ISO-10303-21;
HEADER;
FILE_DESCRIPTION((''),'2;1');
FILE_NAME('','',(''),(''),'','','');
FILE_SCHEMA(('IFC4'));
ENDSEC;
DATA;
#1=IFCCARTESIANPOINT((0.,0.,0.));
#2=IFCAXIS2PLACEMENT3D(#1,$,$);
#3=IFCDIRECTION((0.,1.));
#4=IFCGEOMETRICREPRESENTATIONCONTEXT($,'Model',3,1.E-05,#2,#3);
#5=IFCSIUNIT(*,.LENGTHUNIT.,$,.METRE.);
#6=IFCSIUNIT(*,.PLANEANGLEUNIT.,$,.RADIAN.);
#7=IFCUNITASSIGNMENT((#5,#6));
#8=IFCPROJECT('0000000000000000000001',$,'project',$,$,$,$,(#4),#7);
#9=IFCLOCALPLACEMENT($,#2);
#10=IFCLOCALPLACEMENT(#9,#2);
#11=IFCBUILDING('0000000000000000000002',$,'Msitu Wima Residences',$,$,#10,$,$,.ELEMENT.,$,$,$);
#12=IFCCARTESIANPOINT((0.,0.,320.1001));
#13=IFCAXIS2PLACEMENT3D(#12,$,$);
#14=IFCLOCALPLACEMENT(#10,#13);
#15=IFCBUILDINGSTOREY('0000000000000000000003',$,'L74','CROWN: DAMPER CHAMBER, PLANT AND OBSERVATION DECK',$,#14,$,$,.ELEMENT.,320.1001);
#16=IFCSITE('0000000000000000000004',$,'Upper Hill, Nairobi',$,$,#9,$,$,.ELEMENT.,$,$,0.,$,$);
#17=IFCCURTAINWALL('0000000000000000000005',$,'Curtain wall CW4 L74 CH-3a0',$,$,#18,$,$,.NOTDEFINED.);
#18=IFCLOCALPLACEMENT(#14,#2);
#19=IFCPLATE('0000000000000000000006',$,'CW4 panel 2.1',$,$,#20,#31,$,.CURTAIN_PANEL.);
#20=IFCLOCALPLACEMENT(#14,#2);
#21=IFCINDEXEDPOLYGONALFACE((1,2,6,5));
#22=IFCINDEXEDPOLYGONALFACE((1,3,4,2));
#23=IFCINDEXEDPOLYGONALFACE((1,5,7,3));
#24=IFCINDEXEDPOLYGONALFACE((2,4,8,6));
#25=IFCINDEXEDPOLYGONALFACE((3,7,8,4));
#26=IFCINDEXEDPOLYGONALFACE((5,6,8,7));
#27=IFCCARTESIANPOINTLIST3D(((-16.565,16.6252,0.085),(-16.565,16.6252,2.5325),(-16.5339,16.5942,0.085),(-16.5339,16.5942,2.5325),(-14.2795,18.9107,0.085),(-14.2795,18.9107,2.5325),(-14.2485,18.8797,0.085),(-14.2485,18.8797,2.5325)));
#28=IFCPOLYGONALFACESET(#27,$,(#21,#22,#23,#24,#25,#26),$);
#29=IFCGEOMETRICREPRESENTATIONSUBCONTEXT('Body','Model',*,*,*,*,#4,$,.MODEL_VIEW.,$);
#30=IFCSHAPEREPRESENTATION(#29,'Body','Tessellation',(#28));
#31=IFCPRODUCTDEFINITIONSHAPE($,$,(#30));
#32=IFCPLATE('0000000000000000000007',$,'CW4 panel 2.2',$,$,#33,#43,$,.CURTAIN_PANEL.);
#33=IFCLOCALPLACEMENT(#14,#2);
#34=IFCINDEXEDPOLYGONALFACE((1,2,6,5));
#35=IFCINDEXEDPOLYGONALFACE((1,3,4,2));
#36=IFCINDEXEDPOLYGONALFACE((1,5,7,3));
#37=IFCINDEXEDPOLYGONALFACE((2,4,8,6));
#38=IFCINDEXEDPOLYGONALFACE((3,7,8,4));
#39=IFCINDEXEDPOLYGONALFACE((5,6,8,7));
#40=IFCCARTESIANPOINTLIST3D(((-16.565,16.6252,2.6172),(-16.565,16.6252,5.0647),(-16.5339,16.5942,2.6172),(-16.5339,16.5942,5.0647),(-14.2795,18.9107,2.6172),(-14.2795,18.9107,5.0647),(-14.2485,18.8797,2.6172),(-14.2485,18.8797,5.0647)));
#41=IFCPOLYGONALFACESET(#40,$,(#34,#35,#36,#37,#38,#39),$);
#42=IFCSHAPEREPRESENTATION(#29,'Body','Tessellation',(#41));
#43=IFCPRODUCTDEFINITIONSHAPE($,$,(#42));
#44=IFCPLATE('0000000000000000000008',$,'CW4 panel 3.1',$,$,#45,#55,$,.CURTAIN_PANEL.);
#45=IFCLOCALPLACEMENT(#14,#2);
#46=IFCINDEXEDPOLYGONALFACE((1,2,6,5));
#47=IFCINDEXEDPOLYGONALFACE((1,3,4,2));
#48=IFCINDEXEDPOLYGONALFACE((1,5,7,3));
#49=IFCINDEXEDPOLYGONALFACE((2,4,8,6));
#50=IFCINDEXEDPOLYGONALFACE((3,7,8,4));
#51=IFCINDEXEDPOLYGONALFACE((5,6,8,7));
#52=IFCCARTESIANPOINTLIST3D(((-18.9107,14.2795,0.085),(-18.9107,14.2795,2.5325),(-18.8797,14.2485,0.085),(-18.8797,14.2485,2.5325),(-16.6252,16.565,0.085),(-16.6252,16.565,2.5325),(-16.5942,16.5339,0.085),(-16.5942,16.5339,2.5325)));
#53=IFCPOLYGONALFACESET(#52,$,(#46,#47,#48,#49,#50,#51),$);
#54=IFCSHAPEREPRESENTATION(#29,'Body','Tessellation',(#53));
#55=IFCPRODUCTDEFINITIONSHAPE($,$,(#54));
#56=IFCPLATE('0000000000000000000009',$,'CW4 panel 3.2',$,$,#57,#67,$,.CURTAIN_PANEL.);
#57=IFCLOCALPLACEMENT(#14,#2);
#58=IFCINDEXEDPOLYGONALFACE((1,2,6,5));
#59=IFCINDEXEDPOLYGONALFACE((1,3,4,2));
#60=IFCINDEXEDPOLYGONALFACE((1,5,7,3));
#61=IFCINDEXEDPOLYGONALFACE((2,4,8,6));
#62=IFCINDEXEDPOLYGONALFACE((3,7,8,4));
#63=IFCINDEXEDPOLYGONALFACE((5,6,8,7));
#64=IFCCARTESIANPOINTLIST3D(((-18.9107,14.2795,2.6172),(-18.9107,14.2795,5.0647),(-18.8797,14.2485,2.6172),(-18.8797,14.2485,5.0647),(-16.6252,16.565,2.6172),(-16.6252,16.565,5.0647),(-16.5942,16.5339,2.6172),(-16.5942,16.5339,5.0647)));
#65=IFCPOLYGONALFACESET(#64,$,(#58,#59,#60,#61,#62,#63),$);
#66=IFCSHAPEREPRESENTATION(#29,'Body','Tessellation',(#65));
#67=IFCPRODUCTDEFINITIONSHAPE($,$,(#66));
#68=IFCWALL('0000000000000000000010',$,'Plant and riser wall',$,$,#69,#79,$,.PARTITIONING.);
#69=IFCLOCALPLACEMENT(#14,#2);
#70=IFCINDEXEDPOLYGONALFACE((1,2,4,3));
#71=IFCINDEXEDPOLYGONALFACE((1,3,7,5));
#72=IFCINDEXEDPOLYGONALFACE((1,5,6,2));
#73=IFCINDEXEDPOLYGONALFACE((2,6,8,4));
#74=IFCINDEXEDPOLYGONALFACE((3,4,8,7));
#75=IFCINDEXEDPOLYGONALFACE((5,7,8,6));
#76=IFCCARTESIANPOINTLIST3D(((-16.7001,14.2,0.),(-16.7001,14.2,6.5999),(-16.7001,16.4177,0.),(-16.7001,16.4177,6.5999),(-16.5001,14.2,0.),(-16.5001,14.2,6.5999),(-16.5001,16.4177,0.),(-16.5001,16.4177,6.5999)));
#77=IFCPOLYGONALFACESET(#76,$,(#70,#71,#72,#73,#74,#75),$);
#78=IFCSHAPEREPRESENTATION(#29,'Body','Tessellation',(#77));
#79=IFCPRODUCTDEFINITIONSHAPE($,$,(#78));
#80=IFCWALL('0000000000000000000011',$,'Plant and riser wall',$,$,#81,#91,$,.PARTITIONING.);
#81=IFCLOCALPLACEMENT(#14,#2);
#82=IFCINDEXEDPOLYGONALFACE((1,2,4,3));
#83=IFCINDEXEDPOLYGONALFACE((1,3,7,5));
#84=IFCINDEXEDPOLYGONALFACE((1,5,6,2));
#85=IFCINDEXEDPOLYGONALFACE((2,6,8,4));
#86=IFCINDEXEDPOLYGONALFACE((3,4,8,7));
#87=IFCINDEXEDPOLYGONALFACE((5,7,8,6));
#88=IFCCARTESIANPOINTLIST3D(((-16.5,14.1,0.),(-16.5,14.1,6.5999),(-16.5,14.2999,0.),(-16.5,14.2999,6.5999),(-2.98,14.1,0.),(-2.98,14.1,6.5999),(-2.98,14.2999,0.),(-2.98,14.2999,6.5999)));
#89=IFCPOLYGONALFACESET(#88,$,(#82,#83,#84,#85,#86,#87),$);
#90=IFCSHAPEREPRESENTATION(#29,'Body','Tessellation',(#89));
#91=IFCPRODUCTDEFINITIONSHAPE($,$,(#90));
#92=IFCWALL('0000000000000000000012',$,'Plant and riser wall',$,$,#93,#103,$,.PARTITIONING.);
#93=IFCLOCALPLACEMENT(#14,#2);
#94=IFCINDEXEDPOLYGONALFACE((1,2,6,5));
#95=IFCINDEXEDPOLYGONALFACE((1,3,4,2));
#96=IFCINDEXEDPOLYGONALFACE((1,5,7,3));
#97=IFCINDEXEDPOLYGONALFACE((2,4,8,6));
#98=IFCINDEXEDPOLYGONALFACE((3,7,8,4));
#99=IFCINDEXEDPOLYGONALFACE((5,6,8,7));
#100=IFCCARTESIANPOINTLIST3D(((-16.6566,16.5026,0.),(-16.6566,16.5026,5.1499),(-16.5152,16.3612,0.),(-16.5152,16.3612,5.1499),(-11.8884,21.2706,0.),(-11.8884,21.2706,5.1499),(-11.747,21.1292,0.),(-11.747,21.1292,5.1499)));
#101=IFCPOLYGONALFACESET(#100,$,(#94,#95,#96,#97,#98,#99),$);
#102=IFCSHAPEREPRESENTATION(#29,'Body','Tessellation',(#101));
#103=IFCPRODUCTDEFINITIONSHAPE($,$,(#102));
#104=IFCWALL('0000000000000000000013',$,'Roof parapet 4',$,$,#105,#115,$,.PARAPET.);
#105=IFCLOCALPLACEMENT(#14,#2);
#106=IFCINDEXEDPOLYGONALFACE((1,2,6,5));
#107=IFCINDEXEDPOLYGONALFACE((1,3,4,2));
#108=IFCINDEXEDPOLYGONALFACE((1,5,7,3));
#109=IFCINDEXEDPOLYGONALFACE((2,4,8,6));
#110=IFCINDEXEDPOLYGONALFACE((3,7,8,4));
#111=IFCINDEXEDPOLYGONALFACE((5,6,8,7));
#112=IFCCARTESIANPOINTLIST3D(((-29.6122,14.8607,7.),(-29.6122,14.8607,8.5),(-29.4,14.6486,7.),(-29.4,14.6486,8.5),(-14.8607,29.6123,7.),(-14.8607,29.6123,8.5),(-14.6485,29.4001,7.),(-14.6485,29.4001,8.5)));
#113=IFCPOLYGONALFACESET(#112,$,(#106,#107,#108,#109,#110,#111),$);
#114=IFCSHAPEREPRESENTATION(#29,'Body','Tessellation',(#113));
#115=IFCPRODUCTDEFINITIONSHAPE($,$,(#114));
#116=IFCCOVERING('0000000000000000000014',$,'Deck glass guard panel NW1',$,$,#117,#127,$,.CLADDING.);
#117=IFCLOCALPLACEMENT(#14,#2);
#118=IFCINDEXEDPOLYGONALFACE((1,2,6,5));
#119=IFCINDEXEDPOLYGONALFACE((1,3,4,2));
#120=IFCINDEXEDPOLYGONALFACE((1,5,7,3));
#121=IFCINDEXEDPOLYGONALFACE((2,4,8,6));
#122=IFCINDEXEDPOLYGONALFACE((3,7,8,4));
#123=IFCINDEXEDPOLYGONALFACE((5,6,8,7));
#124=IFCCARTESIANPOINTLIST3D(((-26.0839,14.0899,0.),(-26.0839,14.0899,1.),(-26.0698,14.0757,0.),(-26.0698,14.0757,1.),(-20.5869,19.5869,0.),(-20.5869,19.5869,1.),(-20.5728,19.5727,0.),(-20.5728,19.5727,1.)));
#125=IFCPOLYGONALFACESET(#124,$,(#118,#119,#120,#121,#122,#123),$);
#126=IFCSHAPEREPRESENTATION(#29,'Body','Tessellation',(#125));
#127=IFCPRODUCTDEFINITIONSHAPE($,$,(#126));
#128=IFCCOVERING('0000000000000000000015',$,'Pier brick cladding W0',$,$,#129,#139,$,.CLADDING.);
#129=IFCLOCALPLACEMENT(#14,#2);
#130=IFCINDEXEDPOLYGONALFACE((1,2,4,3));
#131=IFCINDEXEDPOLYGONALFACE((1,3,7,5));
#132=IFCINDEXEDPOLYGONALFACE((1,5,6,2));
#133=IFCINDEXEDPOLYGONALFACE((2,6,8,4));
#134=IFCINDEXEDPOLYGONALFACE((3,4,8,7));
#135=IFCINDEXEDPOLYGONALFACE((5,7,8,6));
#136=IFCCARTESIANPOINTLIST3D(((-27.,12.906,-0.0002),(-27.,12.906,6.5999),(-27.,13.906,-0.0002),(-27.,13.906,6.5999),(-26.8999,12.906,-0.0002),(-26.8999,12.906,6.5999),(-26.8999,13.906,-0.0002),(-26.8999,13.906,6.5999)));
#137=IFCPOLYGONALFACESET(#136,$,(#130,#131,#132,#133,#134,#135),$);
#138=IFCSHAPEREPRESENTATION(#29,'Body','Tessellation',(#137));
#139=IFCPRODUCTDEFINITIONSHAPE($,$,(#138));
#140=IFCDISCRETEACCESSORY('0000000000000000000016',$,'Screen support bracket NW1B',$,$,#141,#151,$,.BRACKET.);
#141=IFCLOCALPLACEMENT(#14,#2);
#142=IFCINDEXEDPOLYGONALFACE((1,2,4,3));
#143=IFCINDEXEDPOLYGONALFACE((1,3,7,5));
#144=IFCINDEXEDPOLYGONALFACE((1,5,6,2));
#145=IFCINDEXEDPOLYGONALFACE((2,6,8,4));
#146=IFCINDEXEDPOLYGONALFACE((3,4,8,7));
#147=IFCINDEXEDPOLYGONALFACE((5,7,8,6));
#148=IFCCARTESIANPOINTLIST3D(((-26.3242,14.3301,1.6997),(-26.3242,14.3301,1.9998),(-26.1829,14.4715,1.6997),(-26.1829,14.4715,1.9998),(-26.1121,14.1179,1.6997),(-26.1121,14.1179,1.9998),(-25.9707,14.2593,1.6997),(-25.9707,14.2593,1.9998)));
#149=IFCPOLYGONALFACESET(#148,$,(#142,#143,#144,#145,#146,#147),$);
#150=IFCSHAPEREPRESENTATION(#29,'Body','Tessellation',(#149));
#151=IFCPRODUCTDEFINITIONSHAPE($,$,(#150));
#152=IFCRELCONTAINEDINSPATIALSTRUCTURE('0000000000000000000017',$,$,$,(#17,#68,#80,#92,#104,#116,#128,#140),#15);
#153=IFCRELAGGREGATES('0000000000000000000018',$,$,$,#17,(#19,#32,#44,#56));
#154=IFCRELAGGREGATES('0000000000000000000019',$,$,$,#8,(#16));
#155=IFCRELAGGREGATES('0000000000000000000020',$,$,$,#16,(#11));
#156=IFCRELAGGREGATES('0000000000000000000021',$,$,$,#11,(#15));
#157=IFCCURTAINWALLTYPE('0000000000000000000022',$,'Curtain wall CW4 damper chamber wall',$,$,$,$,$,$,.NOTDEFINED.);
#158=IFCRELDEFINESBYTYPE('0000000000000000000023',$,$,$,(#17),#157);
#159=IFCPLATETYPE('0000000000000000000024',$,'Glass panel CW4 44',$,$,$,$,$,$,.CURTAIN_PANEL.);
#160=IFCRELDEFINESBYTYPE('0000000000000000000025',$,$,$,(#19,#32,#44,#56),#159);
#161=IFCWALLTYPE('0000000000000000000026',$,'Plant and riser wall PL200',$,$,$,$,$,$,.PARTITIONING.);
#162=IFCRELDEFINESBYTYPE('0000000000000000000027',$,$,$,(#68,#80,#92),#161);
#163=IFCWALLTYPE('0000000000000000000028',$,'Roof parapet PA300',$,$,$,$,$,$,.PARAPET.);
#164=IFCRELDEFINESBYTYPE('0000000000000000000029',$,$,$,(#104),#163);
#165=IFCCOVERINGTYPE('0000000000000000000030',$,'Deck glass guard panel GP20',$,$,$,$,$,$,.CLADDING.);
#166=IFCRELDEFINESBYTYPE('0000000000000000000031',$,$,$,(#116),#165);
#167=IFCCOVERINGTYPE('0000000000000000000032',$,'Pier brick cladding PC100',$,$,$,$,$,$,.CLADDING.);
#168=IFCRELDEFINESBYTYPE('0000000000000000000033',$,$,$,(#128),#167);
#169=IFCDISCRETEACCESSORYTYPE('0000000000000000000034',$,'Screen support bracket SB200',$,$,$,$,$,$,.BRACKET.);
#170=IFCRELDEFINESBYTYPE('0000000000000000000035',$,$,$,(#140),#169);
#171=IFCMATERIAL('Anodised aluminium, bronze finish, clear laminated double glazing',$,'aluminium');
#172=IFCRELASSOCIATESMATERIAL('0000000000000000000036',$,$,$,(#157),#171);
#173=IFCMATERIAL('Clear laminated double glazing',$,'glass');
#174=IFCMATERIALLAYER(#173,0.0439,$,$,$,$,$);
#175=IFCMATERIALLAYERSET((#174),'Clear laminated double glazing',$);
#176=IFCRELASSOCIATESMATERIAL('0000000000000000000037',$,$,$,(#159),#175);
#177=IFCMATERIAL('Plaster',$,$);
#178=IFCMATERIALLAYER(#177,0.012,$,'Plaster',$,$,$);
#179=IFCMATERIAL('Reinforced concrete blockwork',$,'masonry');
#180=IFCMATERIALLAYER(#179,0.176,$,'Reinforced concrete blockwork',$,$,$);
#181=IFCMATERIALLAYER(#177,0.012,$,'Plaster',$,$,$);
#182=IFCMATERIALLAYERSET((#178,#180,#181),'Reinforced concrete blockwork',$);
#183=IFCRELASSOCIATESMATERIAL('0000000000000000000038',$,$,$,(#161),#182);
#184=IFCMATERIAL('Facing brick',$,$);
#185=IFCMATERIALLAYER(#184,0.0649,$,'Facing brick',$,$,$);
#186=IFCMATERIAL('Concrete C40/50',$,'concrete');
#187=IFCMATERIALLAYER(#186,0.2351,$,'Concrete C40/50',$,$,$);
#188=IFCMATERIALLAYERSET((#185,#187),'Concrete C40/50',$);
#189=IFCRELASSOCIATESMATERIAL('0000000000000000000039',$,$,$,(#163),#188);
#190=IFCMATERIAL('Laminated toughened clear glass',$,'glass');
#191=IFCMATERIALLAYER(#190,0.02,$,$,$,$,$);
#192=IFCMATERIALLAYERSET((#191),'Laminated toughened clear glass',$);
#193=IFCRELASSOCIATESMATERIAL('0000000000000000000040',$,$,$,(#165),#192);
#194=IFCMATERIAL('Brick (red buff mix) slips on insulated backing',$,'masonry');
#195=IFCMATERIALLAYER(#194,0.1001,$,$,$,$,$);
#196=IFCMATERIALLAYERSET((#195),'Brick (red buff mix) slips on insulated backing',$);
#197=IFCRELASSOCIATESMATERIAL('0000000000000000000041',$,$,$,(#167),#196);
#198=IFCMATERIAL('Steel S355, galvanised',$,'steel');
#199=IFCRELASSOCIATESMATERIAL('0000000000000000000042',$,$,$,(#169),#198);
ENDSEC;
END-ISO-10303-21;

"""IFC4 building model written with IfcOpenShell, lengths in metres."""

from ifc_helpers import new_model, si_unit, direction, frame, frame_2d, origin, origin_2d, place, context, subcontext, project, spatial, rectangle, extrude, material, layer, layer_set, type_object, element, aggregate, save


model = new_model("IFC4")

# Units and contexts
model_context = context("Model", 3, precision=1e-05, world=origin(), true_north=direction((0.0, 1.0)))
body_context = subcontext(model_context, "Body", "Model", "MODEL_VIEW")
ifc_project = project(units=[si_unit("LENGTHUNIT", "METRE"), si_unit("PLANEANGLEUNIT", "RADIAN")], contexts=[model_context])

# Site, building, storey
site_placement = place(None, origin())
site = spatial("IfcSite", under=ifc_project, at=site_placement, Name="Upper Hill, Nairobi", CompositionType="ELEMENT", RefElevation=0.0)
building_placement = place(site_placement, origin())
building = spatial("IfcBuilding", under=site, at=building_placement, Name="Msitu Wima Residences", CompositionType="ELEMENT")
storey_placement = place(building_placement, frame((0.0, 0.0, 320.1001)))
storey = spatial("IfcBuildingStorey", under=building, at=storey_placement, Name="L74", Description="CROWN: DAMPER CHAMBER, PLANT AND OBSERVATION DECK", CompositionType="ELEMENT", Elevation=320.1001)

# Curtain wall, plates
ifc_material_1 = material(Name="Anodised aluminium, bronze finish, clear laminated double glazing", Category="aluminium")
curtain_wall_type = type_object("IfcCurtainWallType", Name="Curtain wall CW4 damper chamber wall", PredefinedType="NOTDEFINED", material=ifc_material_1)
curtain_wall_placement = place(storey_placement, origin())
curtain_wall = element("IfcCurtainWall", 1, at=curtain_wall_placement, inside=storey, type_object=curtain_wall_type, Name="Curtain wall CW4 L74 CH-3a0", PredefinedType="NOTDEFINED")
ifc_material_2 = material(Name="Clear laminated double glazing", Category="glass")
ifc_layer_1 = layer(ifc_material_2, 0.0439)
ifc_layer_set_1 = layer_set([ifc_layer_1], Name="Clear laminated double glazing")
plate_type = type_object("IfcPlateType", Name="Glass panel CW4 44", PredefinedType="CURTAIN_PANEL", material=ifc_layer_set_1)
plate_1_placement = place(storey_placement, frame((-15.4067, 17.7524, 0.085), z_axis=(0.0, 0.0, 1.0), x_axis=(-0.707107, -0.707107, 0.0)))
plate_1 = element("IfcPlate", 2, at=plate_1_placement, type_object=plate_type, Name="CW4 panel 2.1", PredefinedType="CURTAIN_PANEL", context=body_context, shape_type="SweptSolid", body=[
    extrude(rectangle(XDim=3.2322, YDim=0.0439, at=origin_2d()), origin(), (0.0, 0.0, 1.0), 2.4475),
])
plate_2_placement = place(storey_placement, frame((-15.4067, 17.7524, 2.6172), z_axis=(0.0, 0.0, 1.0), x_axis=(-0.707107, -0.707107, 0.0)))
plate_2 = element("IfcPlate", 3, at=plate_2_placement, type_object=plate_type, Name="CW4 panel 2.2", PredefinedType="CURTAIN_PANEL", context=body_context, shape_type="SweptSolid", body=[
    extrude(rectangle(XDim=3.2322, YDim=0.0439, at=origin_2d()), origin(), (0.0, 0.0, 1.0), 2.4475),
])
plate_3_placement = place(storey_placement, frame((-17.7524, 15.4067, 0.085), z_axis=(0.0, 0.0, 1.0), x_axis=(-0.707107, -0.707107, 0.0)))
plate_3 = element("IfcPlate", 4, at=plate_3_placement, type_object=plate_type, Name="CW4 panel 3.1", PredefinedType="CURTAIN_PANEL", context=body_context, shape_type="SweptSolid", body=[
    extrude(rectangle(XDim=3.2322, YDim=0.0439, at=origin_2d()), origin(), (0.0, 0.0, 1.0), 2.4475),
])
plate_4_placement = place(storey_placement, frame((-17.7524, 15.4067, 2.6172), z_axis=(0.0, 0.0, 1.0), x_axis=(-0.707107, -0.707107, 0.0)))
plate_4 = element("IfcPlate", 5, at=plate_4_placement, type_object=plate_type, Name="CW4 panel 3.2", PredefinedType="CURTAIN_PANEL", context=body_context, shape_type="SweptSolid", body=[
    extrude(rectangle(XDim=3.2322, YDim=0.0439, at=origin_2d()), origin(), (0.0, 0.0, 1.0), 2.4475),
])
aggregate(curtain_wall, [plate_1, plate_2, plate_3, plate_4])

# Walls
ifc_material_3 = material(Name="Plaster")
ifc_layer_2 = layer(ifc_material_3, 0.012, Name="Plaster")
ifc_material_4 = material(Name="Reinforced concrete blockwork", Category="masonry")
ifc_layer_3 = layer(ifc_material_4, 0.176, Name="Reinforced concrete blockwork")
ifc_layer_4 = layer(ifc_material_3, 0.012, Name="Plaster")
ifc_layer_set_2 = layer_set([ifc_layer_2, ifc_layer_3, ifc_layer_4], Name="Reinforced concrete blockwork")
wall_type_1 = type_object("IfcWallType", Name="Plant and riser wall PL200", PredefinedType="PARTITIONING", material=ifc_layer_set_2)
wall_1_placement = place(storey_placement, frame((-16.6001, 14.2, 0.0), z_axis=(0.0, 0.0, 1.0), x_axis=(0.0, 1.0, 0.0)))
element("IfcWall", 6, at=wall_1_placement, inside=storey, type_object=wall_type_1, Name="Plant and riser wall", PredefinedType="PARTITIONING", context=body_context, shape_type="SweptSolid", body=[
    extrude(rectangle(XDim=2.2178, YDim=0.2, at=frame_2d((1.1089, 0.0))), origin(), (0.0, 0.0, 1.0), 6.5999),
])
wall_2_placement = place(storey_placement, frame((-16.5, 14.2, 0.0), z_axis=(0.0, 0.0, 1.0), x_axis=(1.0, 0.0, 0.0)))
element("IfcWall", 7, at=wall_2_placement, inside=storey, type_object=wall_type_1, Name="Plant and riser wall", PredefinedType="PARTITIONING", context=body_context, shape_type="SweptSolid", body=[
    extrude(rectangle(XDim=13.52, YDim=0.2, at=frame_2d((6.76, 0.0))), origin(), (0.0, 0.0, 1.0), 6.5999),
])
wall_3_placement = place(storey_placement, frame((-16.5859, 16.4319, 0.0), z_axis=(0.0, 0.0, 1.0), x_axis=(0.707125, 0.707089, 0.0)))
element("IfcWall", 8, at=wall_3_placement, inside=storey, type_object=wall_type_1, Name="Plant and riser wall", PredefinedType="PARTITIONING", context=body_context, shape_type="SweptSolid", body=[
    extrude(rectangle(XDim=6.7432, YDim=0.2, at=frame_2d((3.3716, 0.0))), origin(), (0.0, 0.0, 1.0), 5.1499),
])
ifc_material_5 = material(Name="Facing brick")
ifc_layer_5 = layer(ifc_material_5, 0.0649, Name="Facing brick")
ifc_material_6 = material(Name="Concrete C40/50", Category="concrete")
ifc_layer_6 = layer(ifc_material_6, 0.2351, Name="Concrete C40/50")
ifc_layer_set_3 = layer_set([ifc_layer_5, ifc_layer_6], Name="Concrete C40/50")
wall_type_2 = type_object("IfcWallType", Name="Roof parapet PA300", PredefinedType="PARAPET", material=ifc_layer_set_3)
wall_4_placement = place(storey_placement, frame((-29.5061, 14.7546, 7.0), z_axis=(0.0, 0.0, 1.0), x_axis=(0.707107, 0.707107, 0.0)))
element("IfcWall", 9, at=wall_4_placement, inside=storey, type_object=wall_type_2, Name="Roof parapet 4", PredefinedType="PARAPET", context=body_context, shape_type="SweptSolid", body=[
    extrude(rectangle(XDim=20.8618, YDim=0.3, at=frame_2d((10.4309, 0.0))), origin(), (0.0, 0.0, 1.0), 1.5),
])

# Coverings
ifc_material_7 = material(Name="Laminated toughened clear glass", Category="glass")
ifc_layer_7 = layer(ifc_material_7, 0.02)
ifc_layer_set_4 = layer_set([ifc_layer_7], Name="Laminated toughened clear glass")
covering_type_1 = type_object("IfcCoveringType", Name="Deck glass guard panel GP20", PredefinedType="CLADDING", material=ifc_layer_set_4)
covering_1_placement = place(storey_placement, frame((-23.3284, 16.8313, 0.0), z_axis=(0.0, 0.0, 1.0), x_axis=(-0.707107, -0.707107, 0.0)))
element("IfcCovering", 10, at=covering_1_placement, inside=storey, type_object=covering_type_1, Name="Deck glass guard panel NW1", PredefinedType="CLADDING", context=body_context, shape_type="SweptSolid", body=[
    extrude(rectangle(XDim=7.7739, YDim=0.02, at=origin_2d()), origin(), (0.0, 0.0, 1.0), 1.0),
])
ifc_material_8 = material(Name="Brick (red buff mix) slips on insulated backing", Category="masonry")
ifc_layer_8 = layer(ifc_material_8, 0.1001)
ifc_layer_set_5 = layer_set([ifc_layer_8], Name="Brick (red buff mix) slips on insulated backing")
covering_type_2 = type_object("IfcCoveringType", Name="Pier brick cladding PC100", PredefinedType="CLADDING", material=ifc_layer_set_5)
covering_2_placement = place(storey_placement, frame((-26.95, 13.406, -0.0002), z_axis=(0.0, 0.0, 1.0), x_axis=(0.0, -1.0, 0.0)))
element("IfcCovering", 11, at=covering_2_placement, inside=storey, type_object=covering_type_2, Name="Pier brick cladding W0", PredefinedType="CLADDING", context=body_context, shape_type="SweptSolid", body=[
    extrude(rectangle(XDim=1.0, YDim=0.1001, at=origin_2d()), origin(), (0.0, 0.0, 1.0), 6.6001),
])

# Discrete accessory
ifc_material_9 = material(Name="Steel S355, galvanised", Category="steel")
discrete_accessory_type = type_object("IfcDiscreteAccessoryType", Name="Screen support bracket SB200", PredefinedType="BRACKET", material=ifc_material_9)
discrete_accessory_placement = place(storey_placement, frame((-26.1475, 14.2947, 1.6997), z_axis=(0.0, 0.0, 1.0), x_axis=(-0.707107, -0.707107, 0.0)))
element("IfcDiscreteAccessory", 12, at=discrete_accessory_placement, inside=storey, type_object=discrete_accessory_type, Name="Screen support bracket NW1B", PredefinedType="BRACKET", context=body_context, shape_type="SweptSolid", body=[
    extrude(rectangle(XDim=0.2, YDim=0.3, at=origin_2d()), origin(), (0.0, 0.0, 1.0), 0.3),
])

save(model, "model.ifc")
